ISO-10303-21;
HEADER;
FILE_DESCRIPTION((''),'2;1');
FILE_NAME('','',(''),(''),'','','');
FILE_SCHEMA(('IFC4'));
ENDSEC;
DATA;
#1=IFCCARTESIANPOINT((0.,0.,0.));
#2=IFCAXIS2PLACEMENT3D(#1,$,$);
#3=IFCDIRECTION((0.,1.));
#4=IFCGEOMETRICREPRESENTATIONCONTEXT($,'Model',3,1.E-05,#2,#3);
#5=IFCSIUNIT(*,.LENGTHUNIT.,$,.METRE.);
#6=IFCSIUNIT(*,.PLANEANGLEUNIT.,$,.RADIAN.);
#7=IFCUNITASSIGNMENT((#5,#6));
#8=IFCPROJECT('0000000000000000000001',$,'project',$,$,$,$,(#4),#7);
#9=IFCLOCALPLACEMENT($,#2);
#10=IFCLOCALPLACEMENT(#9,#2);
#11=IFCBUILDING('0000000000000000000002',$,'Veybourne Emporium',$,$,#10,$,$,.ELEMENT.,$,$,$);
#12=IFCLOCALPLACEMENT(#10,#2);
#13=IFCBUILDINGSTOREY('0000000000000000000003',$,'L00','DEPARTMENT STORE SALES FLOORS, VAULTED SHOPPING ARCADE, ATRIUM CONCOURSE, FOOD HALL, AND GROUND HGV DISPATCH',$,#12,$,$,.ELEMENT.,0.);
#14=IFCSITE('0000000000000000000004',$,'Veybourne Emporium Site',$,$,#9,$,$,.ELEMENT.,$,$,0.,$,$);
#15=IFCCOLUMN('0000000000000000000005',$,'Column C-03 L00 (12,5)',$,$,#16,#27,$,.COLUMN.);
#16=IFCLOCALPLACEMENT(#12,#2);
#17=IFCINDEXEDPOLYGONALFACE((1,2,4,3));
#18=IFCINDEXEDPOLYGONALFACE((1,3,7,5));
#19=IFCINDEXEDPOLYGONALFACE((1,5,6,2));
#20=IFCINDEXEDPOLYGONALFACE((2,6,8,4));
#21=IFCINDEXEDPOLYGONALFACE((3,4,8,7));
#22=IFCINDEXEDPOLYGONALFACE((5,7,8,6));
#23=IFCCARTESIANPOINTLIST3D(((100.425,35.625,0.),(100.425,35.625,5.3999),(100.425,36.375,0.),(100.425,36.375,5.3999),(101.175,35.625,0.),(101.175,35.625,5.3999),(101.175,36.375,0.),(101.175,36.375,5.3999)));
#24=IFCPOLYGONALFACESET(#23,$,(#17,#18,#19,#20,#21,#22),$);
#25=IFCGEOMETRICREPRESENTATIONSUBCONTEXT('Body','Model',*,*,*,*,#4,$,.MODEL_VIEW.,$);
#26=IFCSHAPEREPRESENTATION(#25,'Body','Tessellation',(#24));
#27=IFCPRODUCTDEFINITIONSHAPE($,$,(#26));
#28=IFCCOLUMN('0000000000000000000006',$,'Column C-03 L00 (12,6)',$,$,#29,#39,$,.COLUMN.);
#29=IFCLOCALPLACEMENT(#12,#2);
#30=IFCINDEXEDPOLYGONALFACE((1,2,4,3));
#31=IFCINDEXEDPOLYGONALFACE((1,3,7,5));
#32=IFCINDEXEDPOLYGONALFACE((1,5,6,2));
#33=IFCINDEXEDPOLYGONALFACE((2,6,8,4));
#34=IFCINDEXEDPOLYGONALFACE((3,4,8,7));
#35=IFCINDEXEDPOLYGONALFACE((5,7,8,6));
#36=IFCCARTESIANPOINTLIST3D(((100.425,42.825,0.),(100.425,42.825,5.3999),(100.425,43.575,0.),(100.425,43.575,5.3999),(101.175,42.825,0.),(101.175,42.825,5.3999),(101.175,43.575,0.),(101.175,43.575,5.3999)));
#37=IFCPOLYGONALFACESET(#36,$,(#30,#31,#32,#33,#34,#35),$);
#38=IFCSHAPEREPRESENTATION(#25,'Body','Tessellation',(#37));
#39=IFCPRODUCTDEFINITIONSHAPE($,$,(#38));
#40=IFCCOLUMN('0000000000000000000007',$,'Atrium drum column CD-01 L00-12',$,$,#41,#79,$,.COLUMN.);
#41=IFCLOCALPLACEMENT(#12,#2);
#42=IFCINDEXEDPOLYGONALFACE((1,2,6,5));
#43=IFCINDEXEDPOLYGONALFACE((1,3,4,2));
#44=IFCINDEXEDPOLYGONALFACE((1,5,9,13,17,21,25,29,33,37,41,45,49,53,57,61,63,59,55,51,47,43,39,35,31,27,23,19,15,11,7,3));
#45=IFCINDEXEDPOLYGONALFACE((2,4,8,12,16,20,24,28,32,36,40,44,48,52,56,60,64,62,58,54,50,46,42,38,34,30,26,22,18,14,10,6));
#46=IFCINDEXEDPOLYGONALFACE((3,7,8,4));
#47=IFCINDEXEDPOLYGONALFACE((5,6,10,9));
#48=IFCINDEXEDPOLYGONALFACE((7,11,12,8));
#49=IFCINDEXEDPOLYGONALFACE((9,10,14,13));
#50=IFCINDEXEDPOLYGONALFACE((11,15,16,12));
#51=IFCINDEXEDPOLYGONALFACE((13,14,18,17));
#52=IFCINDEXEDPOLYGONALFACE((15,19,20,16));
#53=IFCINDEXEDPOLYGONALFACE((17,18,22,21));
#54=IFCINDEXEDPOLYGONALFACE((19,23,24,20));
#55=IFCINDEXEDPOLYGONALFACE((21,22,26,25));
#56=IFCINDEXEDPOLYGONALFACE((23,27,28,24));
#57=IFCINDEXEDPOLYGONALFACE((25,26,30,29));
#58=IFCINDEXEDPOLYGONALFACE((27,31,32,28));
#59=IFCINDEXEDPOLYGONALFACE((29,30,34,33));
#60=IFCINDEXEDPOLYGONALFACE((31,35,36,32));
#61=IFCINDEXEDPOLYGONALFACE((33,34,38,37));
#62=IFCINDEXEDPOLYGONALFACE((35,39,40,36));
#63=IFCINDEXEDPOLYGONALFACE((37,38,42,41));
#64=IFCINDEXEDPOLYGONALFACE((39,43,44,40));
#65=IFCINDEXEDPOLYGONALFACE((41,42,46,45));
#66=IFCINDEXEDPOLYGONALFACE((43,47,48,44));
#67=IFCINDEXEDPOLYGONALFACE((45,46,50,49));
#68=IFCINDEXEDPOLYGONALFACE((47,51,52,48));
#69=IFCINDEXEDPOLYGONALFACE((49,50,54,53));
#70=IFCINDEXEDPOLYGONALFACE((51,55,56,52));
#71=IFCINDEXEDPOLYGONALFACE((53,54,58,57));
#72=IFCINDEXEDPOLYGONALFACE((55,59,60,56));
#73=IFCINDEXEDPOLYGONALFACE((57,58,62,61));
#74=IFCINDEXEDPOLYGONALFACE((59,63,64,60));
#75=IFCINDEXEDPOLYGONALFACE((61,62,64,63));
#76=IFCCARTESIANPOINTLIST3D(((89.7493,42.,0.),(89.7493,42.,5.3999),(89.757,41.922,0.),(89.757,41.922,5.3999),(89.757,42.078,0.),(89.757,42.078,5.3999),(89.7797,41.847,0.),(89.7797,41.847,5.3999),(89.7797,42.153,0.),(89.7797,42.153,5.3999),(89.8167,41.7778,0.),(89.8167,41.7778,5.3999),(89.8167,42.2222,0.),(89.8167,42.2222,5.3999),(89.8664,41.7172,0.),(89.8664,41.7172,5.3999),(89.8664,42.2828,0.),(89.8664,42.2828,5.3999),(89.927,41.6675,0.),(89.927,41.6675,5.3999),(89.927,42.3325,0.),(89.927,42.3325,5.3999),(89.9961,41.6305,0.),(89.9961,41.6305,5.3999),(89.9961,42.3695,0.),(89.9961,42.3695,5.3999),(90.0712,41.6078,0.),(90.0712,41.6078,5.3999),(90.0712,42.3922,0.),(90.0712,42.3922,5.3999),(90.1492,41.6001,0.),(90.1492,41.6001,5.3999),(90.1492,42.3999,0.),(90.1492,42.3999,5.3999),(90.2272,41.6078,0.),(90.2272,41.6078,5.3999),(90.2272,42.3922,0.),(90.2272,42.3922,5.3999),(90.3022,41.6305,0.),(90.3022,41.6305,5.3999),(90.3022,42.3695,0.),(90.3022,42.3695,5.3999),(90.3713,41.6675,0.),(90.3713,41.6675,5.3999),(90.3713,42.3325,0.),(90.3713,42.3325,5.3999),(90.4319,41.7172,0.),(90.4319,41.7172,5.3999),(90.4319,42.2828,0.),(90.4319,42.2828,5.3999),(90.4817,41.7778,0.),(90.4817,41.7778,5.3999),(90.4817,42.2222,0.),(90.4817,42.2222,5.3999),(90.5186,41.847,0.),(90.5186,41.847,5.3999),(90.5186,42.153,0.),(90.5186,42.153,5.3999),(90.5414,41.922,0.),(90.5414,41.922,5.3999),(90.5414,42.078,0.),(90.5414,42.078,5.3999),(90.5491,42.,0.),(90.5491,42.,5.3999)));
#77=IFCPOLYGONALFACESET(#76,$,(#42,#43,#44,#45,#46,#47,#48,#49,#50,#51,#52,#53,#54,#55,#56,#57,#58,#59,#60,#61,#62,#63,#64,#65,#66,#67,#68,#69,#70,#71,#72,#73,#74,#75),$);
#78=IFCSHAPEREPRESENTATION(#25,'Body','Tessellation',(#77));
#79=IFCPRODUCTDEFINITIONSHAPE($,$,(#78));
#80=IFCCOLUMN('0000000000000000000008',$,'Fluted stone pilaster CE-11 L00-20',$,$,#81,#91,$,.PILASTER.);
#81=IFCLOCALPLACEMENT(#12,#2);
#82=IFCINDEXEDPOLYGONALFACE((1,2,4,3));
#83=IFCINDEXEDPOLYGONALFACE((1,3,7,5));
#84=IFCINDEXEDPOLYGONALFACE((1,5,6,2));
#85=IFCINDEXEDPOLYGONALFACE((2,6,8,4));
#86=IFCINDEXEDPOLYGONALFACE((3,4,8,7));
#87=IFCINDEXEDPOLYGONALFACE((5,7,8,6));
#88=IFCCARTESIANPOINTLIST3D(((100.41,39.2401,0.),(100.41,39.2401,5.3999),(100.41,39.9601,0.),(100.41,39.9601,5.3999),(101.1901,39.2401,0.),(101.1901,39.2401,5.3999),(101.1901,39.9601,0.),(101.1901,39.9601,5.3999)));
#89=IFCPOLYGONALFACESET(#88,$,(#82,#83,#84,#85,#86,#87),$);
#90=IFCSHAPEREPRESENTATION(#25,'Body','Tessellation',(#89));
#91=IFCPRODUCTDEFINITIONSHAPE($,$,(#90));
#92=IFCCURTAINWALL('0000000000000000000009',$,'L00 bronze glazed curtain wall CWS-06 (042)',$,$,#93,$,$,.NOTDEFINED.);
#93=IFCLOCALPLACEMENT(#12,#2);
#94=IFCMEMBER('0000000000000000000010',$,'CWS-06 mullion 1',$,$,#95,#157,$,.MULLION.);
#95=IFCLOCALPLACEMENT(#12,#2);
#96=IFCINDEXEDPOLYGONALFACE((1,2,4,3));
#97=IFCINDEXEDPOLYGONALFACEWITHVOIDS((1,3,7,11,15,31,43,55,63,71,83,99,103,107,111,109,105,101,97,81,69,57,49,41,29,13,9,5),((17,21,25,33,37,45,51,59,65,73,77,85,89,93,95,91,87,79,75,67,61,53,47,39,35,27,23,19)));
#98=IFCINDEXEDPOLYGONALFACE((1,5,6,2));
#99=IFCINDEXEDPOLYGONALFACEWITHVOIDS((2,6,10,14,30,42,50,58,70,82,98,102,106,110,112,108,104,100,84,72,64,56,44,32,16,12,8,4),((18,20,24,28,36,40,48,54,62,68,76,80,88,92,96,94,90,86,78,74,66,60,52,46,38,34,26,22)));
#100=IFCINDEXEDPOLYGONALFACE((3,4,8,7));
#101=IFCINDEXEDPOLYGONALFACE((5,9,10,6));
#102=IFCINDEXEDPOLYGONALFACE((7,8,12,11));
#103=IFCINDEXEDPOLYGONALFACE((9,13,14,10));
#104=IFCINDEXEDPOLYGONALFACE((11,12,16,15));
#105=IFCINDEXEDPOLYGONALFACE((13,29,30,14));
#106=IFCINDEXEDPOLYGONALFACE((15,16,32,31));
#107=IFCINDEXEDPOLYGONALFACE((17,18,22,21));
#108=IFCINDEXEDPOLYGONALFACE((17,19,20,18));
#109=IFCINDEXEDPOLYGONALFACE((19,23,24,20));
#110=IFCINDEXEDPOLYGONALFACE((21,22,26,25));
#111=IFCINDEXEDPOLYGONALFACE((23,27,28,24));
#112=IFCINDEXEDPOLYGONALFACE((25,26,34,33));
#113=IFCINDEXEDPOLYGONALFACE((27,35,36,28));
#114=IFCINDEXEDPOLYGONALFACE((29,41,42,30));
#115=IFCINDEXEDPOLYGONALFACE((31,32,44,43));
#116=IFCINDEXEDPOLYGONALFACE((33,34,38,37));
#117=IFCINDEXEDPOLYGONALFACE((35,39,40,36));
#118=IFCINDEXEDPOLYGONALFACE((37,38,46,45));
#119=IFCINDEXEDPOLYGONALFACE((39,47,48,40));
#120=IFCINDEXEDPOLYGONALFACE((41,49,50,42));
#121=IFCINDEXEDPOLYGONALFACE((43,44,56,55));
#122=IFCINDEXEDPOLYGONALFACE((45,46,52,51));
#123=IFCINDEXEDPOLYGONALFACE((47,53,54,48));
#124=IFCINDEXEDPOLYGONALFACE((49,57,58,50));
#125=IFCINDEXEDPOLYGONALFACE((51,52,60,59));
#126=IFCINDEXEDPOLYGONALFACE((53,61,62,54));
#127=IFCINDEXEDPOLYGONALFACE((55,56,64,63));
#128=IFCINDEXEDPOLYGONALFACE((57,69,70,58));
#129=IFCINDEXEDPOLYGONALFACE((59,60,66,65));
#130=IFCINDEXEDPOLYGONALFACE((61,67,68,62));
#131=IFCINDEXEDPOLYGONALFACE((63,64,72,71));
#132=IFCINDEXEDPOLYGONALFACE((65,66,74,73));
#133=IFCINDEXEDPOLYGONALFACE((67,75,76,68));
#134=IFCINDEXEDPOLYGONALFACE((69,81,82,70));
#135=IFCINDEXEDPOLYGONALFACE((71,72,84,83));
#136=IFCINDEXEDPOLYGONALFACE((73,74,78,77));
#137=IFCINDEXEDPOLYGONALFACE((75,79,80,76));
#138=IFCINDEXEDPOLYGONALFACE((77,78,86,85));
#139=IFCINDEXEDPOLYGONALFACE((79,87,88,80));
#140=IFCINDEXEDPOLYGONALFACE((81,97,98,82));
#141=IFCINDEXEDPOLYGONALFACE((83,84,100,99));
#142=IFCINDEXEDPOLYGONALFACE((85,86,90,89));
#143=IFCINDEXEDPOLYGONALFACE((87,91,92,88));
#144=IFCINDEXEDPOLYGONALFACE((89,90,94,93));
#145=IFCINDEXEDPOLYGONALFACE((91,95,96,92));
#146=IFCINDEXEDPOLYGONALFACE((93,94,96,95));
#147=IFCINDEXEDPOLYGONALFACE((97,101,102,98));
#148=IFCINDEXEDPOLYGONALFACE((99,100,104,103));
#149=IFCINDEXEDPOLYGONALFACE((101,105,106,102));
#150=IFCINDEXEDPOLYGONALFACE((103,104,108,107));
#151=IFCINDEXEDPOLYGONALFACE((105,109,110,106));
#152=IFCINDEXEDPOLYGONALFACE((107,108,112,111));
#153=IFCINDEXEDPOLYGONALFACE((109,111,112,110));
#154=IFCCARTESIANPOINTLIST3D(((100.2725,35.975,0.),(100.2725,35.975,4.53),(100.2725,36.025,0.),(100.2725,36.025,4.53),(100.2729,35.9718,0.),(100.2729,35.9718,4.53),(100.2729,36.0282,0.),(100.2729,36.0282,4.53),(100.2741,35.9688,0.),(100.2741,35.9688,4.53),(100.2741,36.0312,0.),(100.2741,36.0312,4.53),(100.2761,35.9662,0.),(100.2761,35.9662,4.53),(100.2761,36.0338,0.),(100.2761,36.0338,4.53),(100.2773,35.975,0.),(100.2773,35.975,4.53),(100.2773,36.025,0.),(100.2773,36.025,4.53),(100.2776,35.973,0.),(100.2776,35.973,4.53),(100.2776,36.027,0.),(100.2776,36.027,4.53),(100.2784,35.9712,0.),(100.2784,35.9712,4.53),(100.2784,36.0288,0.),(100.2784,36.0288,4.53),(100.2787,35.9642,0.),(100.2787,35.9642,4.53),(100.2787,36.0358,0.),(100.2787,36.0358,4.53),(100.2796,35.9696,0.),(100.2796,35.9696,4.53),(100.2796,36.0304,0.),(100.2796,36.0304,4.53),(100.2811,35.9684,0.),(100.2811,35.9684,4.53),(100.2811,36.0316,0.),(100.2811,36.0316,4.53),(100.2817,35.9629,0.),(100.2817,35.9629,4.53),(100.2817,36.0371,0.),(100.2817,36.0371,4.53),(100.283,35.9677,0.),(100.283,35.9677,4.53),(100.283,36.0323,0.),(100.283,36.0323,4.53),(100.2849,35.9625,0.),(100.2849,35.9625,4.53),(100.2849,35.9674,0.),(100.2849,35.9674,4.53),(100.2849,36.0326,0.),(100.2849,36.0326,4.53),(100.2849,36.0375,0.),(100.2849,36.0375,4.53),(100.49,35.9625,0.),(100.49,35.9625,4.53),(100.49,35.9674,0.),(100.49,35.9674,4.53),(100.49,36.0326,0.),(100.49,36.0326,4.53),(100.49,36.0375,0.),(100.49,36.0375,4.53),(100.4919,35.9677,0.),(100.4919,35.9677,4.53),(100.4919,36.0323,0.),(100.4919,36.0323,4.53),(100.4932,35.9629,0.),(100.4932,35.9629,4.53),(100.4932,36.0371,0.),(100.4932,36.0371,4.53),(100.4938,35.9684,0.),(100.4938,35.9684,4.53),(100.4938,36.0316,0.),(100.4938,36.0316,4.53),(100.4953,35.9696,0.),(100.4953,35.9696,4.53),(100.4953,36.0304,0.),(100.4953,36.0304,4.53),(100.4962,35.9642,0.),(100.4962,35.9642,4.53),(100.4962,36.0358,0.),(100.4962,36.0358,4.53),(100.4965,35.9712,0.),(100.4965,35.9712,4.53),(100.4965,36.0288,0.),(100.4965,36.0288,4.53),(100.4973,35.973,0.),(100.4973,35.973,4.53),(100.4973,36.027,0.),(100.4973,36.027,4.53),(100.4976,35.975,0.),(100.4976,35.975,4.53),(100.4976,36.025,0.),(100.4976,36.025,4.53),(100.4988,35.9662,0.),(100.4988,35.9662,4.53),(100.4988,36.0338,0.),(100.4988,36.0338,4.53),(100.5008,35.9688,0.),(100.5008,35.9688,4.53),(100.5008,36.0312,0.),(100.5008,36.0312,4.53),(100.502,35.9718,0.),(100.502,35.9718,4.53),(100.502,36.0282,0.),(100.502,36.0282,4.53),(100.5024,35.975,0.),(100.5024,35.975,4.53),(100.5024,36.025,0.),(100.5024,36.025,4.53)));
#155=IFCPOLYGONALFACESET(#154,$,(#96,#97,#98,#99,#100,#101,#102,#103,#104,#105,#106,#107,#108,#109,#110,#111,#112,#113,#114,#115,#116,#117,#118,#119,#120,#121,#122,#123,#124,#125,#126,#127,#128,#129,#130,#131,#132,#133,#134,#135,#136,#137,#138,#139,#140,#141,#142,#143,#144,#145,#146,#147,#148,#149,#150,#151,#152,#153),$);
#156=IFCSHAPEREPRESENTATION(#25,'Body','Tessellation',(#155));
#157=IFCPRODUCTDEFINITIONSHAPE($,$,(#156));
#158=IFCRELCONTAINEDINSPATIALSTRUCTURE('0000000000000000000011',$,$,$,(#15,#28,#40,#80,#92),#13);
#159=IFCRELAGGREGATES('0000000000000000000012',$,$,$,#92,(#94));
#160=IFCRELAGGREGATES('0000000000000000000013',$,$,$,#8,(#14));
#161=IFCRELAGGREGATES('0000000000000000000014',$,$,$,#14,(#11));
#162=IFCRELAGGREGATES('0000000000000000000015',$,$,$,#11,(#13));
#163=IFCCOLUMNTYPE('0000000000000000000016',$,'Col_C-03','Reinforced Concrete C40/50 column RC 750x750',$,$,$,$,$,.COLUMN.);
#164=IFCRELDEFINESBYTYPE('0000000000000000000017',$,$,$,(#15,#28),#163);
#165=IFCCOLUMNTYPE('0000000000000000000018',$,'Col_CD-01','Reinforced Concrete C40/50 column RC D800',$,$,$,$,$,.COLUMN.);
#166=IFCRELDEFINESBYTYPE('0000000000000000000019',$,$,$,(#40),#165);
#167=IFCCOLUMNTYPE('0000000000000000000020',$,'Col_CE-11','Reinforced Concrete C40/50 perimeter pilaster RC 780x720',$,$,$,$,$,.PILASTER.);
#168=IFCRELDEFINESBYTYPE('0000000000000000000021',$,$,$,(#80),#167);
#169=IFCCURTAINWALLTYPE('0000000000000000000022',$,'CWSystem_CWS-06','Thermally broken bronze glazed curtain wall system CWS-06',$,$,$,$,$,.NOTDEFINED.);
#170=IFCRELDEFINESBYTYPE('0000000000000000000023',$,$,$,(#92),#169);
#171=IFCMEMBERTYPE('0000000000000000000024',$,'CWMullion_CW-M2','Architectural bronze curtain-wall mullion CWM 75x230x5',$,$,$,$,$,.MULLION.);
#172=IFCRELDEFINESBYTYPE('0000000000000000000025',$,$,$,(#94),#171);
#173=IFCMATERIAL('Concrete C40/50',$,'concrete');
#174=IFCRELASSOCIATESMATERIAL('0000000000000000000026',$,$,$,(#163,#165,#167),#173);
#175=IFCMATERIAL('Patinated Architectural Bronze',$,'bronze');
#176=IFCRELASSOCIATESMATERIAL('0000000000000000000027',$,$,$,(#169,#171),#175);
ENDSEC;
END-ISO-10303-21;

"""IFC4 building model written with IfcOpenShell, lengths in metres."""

from ifc_helpers import new_model, si_unit, direction, frame, origin, origin_2d, place, context, subcontext, project, spatial, rectangle, hollow_rectangle, circle, extrude, material, material_profile, profile_set, type_object, element, aggregate, save


model = new_model("IFC4")

# Units and contexts
model_context = context("Model", 3, precision=1e-05, world=origin(), true_north=direction((0.0, 1.0)))
body_context = subcontext(model_context, "Body", "Model", "MODEL_VIEW")
ifc_project = project(units=[si_unit("LENGTHUNIT", "METRE"), si_unit("PLANEANGLEUNIT", "RADIAN")], contexts=[model_context])

# Site, building, storey
site_placement = place(None, origin())
site = spatial("IfcSite", under=ifc_project, at=site_placement, Name="Veybourne Emporium Site", CompositionType="ELEMENT", RefElevation=0.0)
building_placement = place(site_placement, origin())
building = spatial("IfcBuilding", under=site, at=building_placement, Name="Veybourne Emporium", CompositionType="ELEMENT")
storey_placement = place(building_placement, origin())
storey = spatial("IfcBuildingStorey", under=building, at=storey_placement, Name="L00", Description="DEPARTMENT STORE SALES FLOORS, VAULTED SHOPPING ARCADE, ATRIUM CONCOURSE, FOOD HALL, AND GROUND HGV DISPATCH", CompositionType="ELEMENT", Elevation=0.0)

# Columns
ifc_material_1 = material(Name="Concrete C40/50", Category="concrete")
ifc_material_profile_1 = material_profile(ifc_material_1, rectangle(XDim=0.75, YDim=0.75, at=origin_2d()), Name="RC 750x750")
ifc_profile_set_1 = profile_set([ifc_material_profile_1], Name="Concrete C40/50")
column_type_1 = type_object("IfcColumnType", Name="Col_C-03", Description="Reinforced Concrete C40/50 column RC 750x750", PredefinedType="COLUMN", material=ifc_profile_set_1)
for number, where, z_axis, x_axis, name in (
    (1, (100.8, 36.0, 0.0), (0.0, 0.0, 1.0), (1.0, 0.0, 0.0), "Column C-03 L00 (12,5)"),
    (2, (100.8, 43.2, 0.0), (0.0, 0.0, 1.0), (1.0, 0.0, 0.0), "Column C-03 L00 (12,6)"),
):
    element("IfcColumn", number, at=place(storey_placement, frame(where, z_axis=z_axis, x_axis=x_axis)), inside=storey, type_object=column_type_1, Name=name, PredefinedType="COLUMN", context=body_context, shape_type="SweptSolid", body=[
        extrude(rectangle(XDim=0.75, YDim=0.75, at=origin_2d()), origin(), (0.0, 0.0, 1.0), 5.3999),
    ])
ifc_material_profile_2 = material_profile(ifc_material_1, circle(Radius=0.3999, at=origin_2d()), Name="RC D800")
ifc_profile_set_2 = profile_set([ifc_material_profile_2], Name="Concrete C40/50")
column_type_2 = type_object("IfcColumnType", Name="Col_CD-01", Description="Reinforced Concrete C40/50 column RC D800", PredefinedType="COLUMN", material=ifc_profile_set_2)
column_1_placement = place(storey_placement, frame((90.1492, 42.0, 0.0), z_axis=(0.0, 0.0, 1.0), x_axis=(1.0, 0.0, 0.0)))
element("IfcColumn", 3, at=column_1_placement, inside=storey, type_object=column_type_2, Name="Atrium drum column CD-01 L00-12", PredefinedType="COLUMN", context=body_context, shape_type="SweptSolid", body=[
    extrude(circle(Radius=0.3999, at=origin_2d()), origin(), (0.0, 0.0, 1.0), 5.3999),
])
ifc_material_profile_3 = material_profile(ifc_material_1, rectangle(XDim=0.78, YDim=0.72, at=origin_2d()), Name="RC 780x720")
ifc_profile_set_3 = profile_set([ifc_material_profile_3], Name="Concrete C40/50")
column_type_3 = type_object("IfcColumnType", Name="Col_CE-11", Description="Reinforced Concrete C40/50 perimeter pilaster RC 780x720", PredefinedType="PILASTER", material=ifc_profile_set_3)
column_2_placement = place(storey_placement, frame((100.8, 39.6001, 0.0), z_axis=(0.0, 0.0, 1.0), x_axis=(1.0, 0.0, 0.0)))
element("IfcColumn", 4, at=column_2_placement, inside=storey, type_object=column_type_3, Name="Fluted stone pilaster CE-11 L00-20", PredefinedType="PILASTER", context=body_context, shape_type="SweptSolid", body=[
    extrude(rectangle(XDim=0.78, YDim=0.72, at=origin_2d()), origin(), (0.0, 0.0, 1.0), 5.3999),
])

# Curtain wall, member
ifc_material_2 = material(Name="Patinated Architectural Bronze", Category="bronze")
curtain_wall_type = type_object("IfcCurtainWallType", Name="CWSystem_CWS-06", Description="Thermally broken bronze glazed curtain wall system CWS-06", PredefinedType="NOTDEFINED", material=ifc_material_2)
curtain_wall_placement = place(storey_placement, origin())
curtain_wall = element("IfcCurtainWall", 5, at=curtain_wall_placement, inside=storey, type_object=curtain_wall_type, Name="L00 bronze glazed curtain wall CWS-06 (042)", PredefinedType="NOTDEFINED")
ifc_material_profile_4 = material_profile(ifc_material_2, hollow_rectangle(XDim=0.075, YDim=0.23, WallThickness=0.0049, InnerFilletRadius=0.0076, OuterFilletRadius=0.0125, at=origin_2d()), Name="CWM 75x230x5")
ifc_profile_set_4 = profile_set([ifc_material_profile_4], Name="Patinated Architectural Bronze")
member_type_1 = type_object("IfcMemberType", Name="CWMullion_CW-M2", Description="Architectural bronze curtain-wall mullion CWM 75x230x5", PredefinedType="MULLION", material=ifc_profile_set_4)
member_1_placement = place(storey_placement, frame((100.3875, 36.0, 0.0), z_axis=(0.0, 0.0, 1.0), x_axis=(0.0, -1.0, 0.0)))
member_1 = element("IfcMember", 6, at=member_1_placement, type_object=member_type_1, Name="CWS-06 mullion 1", PredefinedType="MULLION", context=body_context, shape_type="SweptSolid", body=[
    extrude(hollow_rectangle(XDim=0.075, YDim=0.23, WallThickness=0.0049, InnerFilletRadius=0.0076, OuterFilletRadius=0.0125, at=origin_2d()), origin(), (0.0, 0.0, 1.0), 4.53),
])
aggregate(curtain_wall, [member_1])

save(model, "model.ifc")
